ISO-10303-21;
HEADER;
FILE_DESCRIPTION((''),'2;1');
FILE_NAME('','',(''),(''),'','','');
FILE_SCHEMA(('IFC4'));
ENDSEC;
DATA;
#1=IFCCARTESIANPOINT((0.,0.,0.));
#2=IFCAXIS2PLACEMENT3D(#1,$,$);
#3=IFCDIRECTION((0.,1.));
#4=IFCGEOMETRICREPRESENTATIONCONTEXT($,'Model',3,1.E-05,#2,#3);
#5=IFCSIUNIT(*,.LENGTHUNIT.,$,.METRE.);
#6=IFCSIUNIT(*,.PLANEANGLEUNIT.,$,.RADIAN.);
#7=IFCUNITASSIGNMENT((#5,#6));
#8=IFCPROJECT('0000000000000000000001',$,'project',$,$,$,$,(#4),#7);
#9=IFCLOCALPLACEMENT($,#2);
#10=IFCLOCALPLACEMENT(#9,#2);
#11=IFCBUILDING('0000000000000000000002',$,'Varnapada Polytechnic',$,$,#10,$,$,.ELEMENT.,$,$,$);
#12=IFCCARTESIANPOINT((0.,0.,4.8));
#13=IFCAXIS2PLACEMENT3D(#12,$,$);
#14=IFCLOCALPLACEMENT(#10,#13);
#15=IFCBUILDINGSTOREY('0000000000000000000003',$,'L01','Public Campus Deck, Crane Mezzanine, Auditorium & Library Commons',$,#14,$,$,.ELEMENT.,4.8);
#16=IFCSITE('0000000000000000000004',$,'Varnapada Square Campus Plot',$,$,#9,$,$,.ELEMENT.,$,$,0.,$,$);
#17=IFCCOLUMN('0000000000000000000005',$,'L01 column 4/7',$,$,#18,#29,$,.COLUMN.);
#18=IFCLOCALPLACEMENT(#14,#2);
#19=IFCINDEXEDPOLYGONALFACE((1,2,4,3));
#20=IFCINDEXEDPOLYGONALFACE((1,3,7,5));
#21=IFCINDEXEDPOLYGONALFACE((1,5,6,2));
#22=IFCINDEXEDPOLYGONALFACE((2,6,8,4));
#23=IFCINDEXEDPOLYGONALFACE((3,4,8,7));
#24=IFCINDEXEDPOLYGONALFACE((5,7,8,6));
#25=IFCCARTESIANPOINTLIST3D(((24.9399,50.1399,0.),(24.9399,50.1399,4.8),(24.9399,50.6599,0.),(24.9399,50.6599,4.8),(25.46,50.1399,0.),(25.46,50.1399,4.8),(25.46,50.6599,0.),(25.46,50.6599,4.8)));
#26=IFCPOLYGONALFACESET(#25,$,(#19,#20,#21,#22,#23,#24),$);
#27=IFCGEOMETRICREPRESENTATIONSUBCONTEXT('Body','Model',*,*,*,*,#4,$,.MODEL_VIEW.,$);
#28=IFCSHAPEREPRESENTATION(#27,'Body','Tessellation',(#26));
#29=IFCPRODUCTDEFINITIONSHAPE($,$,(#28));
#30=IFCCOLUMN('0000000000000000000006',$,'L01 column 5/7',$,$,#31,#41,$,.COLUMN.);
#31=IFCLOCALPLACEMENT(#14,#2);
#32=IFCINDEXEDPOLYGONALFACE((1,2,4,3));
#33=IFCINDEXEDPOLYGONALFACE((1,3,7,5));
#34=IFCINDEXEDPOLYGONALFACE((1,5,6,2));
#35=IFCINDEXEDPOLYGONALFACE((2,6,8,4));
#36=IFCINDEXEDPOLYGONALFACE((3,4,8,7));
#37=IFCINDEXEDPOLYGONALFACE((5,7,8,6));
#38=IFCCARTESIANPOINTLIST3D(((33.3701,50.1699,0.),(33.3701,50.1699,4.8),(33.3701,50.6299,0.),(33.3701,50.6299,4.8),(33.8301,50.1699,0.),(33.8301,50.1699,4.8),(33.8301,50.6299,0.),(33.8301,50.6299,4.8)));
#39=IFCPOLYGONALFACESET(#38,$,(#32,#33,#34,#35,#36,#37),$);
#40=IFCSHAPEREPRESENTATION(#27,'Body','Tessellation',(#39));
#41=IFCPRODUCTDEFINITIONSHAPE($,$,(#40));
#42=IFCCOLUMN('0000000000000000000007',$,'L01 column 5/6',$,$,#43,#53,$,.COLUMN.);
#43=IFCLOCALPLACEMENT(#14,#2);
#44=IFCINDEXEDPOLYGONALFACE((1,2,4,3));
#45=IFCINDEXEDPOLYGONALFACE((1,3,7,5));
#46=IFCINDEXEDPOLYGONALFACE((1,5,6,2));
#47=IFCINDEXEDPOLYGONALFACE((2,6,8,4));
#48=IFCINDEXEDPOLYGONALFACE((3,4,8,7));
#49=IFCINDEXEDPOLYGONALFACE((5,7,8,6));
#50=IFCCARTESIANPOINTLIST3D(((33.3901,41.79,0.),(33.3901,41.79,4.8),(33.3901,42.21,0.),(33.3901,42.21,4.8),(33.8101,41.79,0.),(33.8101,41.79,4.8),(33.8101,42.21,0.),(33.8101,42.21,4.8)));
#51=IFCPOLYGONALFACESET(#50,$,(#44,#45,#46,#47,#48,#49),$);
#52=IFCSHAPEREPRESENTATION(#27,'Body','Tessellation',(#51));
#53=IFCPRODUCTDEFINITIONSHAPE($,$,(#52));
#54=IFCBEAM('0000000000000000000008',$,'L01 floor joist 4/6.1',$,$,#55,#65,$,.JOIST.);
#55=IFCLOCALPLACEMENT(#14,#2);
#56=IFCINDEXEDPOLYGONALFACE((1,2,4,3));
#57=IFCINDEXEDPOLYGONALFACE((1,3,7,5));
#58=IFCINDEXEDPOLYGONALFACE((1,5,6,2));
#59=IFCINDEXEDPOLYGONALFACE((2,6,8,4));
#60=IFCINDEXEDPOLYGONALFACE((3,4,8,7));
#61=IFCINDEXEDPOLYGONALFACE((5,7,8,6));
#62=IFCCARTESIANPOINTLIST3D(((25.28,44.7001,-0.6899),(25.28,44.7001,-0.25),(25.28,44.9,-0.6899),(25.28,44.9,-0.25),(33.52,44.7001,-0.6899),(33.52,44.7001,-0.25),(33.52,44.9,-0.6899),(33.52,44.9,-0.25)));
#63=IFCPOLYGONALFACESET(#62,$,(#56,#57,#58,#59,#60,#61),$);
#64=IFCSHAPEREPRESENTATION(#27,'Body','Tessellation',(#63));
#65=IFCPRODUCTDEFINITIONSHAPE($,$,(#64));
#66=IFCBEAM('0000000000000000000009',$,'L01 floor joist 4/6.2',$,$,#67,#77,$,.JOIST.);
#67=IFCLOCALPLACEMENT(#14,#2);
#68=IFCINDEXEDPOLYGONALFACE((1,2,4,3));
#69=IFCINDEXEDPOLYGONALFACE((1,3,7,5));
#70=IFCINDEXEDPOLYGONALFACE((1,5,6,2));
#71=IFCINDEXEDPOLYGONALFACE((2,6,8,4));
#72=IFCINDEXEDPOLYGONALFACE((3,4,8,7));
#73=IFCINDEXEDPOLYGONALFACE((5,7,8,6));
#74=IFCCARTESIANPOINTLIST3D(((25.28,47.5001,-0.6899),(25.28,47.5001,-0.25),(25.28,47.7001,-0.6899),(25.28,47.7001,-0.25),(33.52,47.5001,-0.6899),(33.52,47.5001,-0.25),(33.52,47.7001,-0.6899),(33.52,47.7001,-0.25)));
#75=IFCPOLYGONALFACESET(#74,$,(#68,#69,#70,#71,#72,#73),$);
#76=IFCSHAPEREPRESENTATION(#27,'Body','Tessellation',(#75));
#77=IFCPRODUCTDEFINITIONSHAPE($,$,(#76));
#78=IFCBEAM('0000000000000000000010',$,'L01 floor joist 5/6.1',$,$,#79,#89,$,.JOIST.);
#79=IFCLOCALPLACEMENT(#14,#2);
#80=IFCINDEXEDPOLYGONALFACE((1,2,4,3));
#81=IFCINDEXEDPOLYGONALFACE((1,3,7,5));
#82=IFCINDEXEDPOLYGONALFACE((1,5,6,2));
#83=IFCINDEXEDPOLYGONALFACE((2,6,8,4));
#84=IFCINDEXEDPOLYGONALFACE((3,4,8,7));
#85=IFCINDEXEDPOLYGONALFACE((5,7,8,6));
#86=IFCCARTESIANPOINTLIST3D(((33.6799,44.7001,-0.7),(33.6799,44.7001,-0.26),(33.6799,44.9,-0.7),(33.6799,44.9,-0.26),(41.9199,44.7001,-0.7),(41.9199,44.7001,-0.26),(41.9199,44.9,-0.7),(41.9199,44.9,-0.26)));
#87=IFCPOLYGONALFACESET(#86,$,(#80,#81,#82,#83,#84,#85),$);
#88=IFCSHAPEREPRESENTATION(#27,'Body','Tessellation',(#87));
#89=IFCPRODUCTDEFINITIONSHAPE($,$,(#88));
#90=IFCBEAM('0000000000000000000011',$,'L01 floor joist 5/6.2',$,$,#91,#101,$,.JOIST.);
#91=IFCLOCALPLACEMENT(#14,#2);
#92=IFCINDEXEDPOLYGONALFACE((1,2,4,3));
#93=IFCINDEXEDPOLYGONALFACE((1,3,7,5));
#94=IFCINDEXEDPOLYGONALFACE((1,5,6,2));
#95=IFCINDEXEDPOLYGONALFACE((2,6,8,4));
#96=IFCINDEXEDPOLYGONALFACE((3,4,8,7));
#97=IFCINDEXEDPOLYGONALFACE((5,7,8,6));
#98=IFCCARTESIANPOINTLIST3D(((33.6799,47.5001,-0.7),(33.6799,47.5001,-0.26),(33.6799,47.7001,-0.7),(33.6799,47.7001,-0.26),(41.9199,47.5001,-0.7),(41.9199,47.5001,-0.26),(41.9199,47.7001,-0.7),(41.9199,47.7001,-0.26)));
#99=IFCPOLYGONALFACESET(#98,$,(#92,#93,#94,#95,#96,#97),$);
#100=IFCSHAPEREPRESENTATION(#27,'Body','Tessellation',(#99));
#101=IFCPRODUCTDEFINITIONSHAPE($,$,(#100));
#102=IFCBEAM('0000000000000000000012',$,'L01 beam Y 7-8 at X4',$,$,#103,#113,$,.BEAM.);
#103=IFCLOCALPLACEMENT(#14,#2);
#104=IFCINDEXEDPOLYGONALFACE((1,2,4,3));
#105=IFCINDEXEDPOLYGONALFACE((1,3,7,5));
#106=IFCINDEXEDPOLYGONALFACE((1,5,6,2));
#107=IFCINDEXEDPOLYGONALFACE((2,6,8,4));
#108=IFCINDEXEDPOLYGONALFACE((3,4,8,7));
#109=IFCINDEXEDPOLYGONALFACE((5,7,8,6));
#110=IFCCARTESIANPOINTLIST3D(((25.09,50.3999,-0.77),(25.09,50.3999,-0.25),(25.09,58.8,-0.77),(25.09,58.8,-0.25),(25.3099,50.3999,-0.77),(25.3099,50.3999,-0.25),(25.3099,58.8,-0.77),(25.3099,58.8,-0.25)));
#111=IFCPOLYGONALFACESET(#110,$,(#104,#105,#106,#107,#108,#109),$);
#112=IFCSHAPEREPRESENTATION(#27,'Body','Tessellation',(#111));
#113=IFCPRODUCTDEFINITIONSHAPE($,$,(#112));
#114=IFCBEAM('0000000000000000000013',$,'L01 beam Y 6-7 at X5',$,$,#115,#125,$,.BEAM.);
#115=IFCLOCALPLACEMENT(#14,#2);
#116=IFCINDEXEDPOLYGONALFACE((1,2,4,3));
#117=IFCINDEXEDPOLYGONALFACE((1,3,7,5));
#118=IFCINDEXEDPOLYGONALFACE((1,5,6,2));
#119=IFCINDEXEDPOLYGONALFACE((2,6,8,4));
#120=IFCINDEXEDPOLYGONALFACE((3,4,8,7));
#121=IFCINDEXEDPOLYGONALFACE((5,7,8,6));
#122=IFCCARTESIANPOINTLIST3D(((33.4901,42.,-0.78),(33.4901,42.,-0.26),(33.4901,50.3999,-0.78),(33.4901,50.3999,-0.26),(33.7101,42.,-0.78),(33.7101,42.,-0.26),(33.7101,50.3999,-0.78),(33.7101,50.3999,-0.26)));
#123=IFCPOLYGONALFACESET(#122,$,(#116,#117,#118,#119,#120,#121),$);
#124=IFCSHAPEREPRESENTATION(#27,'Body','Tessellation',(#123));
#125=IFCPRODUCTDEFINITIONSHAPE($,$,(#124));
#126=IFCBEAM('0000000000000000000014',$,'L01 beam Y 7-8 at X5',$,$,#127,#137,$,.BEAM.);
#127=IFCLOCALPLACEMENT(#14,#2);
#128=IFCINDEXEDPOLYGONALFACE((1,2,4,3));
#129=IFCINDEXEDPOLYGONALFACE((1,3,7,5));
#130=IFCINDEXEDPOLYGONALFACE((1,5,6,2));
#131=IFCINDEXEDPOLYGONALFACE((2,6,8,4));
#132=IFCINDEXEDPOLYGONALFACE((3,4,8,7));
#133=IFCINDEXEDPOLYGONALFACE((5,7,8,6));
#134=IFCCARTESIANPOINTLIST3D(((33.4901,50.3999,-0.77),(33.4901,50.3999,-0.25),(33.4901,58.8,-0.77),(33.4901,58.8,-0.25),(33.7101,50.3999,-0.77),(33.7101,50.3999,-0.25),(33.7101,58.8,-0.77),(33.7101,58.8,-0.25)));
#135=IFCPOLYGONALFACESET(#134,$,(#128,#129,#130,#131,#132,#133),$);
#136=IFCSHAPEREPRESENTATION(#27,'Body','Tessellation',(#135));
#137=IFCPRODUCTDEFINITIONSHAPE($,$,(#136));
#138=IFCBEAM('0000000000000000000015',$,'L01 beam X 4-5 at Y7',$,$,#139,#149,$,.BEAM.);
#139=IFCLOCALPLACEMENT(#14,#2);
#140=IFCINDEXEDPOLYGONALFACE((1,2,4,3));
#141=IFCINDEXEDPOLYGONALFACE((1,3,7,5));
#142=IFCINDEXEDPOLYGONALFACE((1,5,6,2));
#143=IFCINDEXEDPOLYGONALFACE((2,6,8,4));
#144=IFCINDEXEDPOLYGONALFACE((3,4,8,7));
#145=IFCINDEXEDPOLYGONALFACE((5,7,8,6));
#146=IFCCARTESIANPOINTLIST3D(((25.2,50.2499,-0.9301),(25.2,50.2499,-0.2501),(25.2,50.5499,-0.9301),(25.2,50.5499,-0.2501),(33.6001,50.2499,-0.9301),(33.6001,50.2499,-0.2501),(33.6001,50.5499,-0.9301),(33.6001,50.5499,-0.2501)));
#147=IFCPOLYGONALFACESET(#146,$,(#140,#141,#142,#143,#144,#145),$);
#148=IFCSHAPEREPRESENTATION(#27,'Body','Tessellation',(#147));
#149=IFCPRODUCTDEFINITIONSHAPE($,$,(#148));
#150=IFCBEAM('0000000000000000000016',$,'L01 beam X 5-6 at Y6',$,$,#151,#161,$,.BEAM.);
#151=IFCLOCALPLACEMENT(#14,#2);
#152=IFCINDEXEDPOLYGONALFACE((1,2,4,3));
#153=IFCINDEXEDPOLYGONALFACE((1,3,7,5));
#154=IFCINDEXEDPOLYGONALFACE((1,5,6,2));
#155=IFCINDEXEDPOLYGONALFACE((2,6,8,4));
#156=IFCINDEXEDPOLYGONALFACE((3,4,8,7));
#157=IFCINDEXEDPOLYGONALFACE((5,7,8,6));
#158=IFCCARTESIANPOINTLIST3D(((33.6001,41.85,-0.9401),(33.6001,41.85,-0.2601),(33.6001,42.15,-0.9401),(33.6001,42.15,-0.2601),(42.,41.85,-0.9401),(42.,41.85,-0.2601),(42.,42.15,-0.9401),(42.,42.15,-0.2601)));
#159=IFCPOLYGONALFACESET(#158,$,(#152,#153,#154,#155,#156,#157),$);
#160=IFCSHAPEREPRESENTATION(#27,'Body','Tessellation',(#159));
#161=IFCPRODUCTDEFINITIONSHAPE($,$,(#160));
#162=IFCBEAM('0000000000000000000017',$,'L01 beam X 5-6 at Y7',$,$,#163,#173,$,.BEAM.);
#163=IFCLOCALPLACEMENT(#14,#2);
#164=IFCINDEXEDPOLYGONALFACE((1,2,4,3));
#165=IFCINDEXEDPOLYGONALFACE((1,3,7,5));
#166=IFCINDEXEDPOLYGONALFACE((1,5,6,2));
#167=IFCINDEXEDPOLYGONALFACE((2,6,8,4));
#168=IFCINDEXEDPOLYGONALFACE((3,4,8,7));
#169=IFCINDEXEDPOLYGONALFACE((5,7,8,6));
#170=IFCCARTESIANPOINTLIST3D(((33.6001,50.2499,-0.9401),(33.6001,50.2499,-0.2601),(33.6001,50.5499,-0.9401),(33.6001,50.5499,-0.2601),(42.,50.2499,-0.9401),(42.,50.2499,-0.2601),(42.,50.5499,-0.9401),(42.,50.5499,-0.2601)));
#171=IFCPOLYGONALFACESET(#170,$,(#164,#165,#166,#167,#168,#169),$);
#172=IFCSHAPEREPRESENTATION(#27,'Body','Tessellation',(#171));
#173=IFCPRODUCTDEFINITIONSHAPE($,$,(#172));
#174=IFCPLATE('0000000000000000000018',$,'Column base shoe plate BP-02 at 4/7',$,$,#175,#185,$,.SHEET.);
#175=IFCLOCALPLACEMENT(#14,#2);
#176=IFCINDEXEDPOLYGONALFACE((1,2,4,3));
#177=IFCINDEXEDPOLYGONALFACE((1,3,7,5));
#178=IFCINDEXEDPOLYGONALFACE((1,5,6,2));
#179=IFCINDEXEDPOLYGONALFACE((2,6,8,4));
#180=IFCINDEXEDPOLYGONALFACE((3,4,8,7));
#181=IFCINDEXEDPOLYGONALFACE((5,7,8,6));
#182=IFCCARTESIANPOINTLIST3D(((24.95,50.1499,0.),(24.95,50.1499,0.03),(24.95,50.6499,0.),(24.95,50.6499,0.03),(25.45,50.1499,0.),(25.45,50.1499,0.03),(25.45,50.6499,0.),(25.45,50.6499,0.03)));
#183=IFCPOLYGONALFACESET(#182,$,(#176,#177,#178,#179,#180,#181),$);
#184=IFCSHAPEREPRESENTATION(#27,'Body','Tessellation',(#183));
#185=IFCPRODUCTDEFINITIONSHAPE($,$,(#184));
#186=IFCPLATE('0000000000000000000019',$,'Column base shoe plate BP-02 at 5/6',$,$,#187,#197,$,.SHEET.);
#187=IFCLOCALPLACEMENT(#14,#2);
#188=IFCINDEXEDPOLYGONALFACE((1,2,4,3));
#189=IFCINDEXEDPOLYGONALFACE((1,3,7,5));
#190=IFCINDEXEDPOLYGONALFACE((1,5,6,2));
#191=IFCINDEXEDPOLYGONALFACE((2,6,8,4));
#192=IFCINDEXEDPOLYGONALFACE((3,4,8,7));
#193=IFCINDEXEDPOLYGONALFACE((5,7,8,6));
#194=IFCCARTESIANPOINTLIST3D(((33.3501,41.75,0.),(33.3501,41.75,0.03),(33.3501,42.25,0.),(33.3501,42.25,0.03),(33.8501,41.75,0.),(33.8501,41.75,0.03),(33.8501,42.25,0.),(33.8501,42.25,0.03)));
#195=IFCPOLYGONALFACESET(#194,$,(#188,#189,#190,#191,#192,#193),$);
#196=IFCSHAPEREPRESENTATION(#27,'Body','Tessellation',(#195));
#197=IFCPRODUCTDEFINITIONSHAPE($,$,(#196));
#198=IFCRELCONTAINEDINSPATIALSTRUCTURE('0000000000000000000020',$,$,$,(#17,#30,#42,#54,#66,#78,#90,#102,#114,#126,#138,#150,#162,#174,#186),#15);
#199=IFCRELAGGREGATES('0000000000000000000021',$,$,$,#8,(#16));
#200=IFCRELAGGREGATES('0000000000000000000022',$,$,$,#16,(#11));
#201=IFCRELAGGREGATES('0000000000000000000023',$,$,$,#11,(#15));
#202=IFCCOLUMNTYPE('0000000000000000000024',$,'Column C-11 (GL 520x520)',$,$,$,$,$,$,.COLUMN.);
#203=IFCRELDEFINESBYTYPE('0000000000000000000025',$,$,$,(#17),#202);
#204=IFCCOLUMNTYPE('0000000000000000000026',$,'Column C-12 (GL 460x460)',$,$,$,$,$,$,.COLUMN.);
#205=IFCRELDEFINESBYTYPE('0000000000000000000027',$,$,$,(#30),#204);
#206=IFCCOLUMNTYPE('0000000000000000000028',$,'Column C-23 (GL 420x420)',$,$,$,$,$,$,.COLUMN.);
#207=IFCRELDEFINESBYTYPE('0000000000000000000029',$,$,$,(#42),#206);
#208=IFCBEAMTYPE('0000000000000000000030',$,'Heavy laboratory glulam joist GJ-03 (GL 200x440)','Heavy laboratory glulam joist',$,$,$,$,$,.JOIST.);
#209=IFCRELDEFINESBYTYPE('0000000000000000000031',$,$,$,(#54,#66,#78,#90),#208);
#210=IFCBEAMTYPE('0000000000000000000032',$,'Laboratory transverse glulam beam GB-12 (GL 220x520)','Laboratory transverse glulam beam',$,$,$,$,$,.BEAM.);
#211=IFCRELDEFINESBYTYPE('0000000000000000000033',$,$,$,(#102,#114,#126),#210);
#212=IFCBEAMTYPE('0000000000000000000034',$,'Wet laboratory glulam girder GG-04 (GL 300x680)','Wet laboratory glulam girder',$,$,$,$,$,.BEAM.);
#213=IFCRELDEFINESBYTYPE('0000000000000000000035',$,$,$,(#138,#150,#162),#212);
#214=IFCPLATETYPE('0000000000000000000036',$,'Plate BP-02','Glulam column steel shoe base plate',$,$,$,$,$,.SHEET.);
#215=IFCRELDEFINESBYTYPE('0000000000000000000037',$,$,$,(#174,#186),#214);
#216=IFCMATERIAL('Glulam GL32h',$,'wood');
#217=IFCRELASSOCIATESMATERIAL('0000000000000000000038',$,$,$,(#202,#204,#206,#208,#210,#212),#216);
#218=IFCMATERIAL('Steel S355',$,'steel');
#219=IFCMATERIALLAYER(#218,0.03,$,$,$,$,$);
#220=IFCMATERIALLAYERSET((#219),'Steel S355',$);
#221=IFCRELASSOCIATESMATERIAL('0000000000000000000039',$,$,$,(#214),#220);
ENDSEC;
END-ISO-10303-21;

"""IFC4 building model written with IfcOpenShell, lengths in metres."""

from ifc_helpers import new_model, si_unit, direction, frame, origin, origin_2d, place, context, subcontext, project, spatial, rectangle, extrude, material, layer, layer_set, material_profile, profile_set, type_object, element, save


model = new_model("IFC4")

# Units and contexts
model_context = context("Model", 3, precision=1e-05, world=origin(), true_north=direction((0.0, 1.0)))
body_context = subcontext(model_context, "Body", "Model", "MODEL_VIEW")
ifc_project = project(units=[si_unit("LENGTHUNIT", "METRE"), si_unit("PLANEANGLEUNIT", "RADIAN")], contexts=[model_context])

# Site, building, storey
site_placement = place(None, origin())
site = spatial("IfcSite", under=ifc_project, at=site_placement, Name="Varnapada Square Campus Plot", CompositionType="ELEMENT", RefElevation=0.0)
building_placement = place(site_placement, origin())
building = spatial("IfcBuilding", under=site, at=building_placement, Name="Varnapada Polytechnic", CompositionType="ELEMENT")
storey_placement = place(building_placement, frame((0.0, 0.0, 4.8)))
storey = spatial("IfcBuildingStorey", under=building, at=storey_placement, Name="L01", Description="Public Campus Deck, Crane Mezzanine, Auditorium & Library Commons", CompositionType="ELEMENT", Elevation=4.8)

# Columns
ifc_material_1 = material(Name="Glulam GL32h", Category="wood")
ifc_material_profile_1 = material_profile(ifc_material_1, rectangle(XDim=0.52, YDim=0.52, at=origin_2d()), Name="GL 520x520")
ifc_profile_set_1 = profile_set([ifc_material_profile_1], Name="Glulam GL32h")
column_type_1 = type_object("IfcColumnType", Name="Column C-11 (GL 520x520)", PredefinedType="COLUMN", material=ifc_profile_set_1)
column_1_placement = place(storey_placement, frame((25.2, 50.3999, 0.0), z_axis=(0.0, 0.0, 1.0), x_axis=(1.0, 0.0, 0.0)))
element("IfcColumn", 1, at=column_1_placement, inside=storey, type_object=column_type_1, Name="L01 column 4/7", PredefinedType="COLUMN", context=body_context, shape_type="SweptSolid", body=[
    extrude(rectangle(XDim=0.52, YDim=0.52, at=origin_2d()), origin(), (0.0, 0.0, 1.0), 4.8),
])
ifc_material_profile_2 = material_profile(ifc_material_1, rectangle(XDim=0.46, YDim=0.46, at=origin_2d()), Name="GL 460x460")
ifc_profile_set_2 = profile_set([ifc_material_profile_2], Name="Glulam GL32h")
column_type_2 = type_object("IfcColumnType", Name="Column C-12 (GL 460x460)", PredefinedType="COLUMN", material=ifc_profile_set_2)
column_2_placement = place(storey_placement, frame((33.6001, 50.3999, 0.0), z_axis=(0.0, 0.0, 1.0), x_axis=(1.0, 0.0, 0.0)))
element("IfcColumn", 2, at=column_2_placement, inside=storey, type_object=column_type_2, Name="L01 column 5/7", PredefinedType="COLUMN", context=body_context, shape_type="SweptSolid", body=[
    extrude(rectangle(XDim=0.46, YDim=0.46, at=origin_2d()), origin(), (0.0, 0.0, 1.0), 4.8),
])
ifc_material_profile_3 = material_profile(ifc_material_1, rectangle(XDim=0.4199, YDim=0.4199, at=origin_2d()), Name="GL 420x420")
ifc_profile_set_3 = profile_set([ifc_material_profile_3], Name="Glulam GL32h")
column_type_3 = type_object("IfcColumnType", Name="Column C-23 (GL 420x420)", PredefinedType="COLUMN", material=ifc_profile_set_3)
column_3_placement = place(storey_placement, frame((33.6001, 42.0, 0.0), z_axis=(0.0, 0.0, 1.0), x_axis=(1.0, 0.0, 0.0)))
element("IfcColumn", 3, at=column_3_placement, inside=storey, type_object=column_type_3, Name="L01 column 5/6", PredefinedType="COLUMN", context=body_context, shape_type="SweptSolid", body=[
    extrude(rectangle(XDim=0.4199, YDim=0.4199, at=origin_2d()), origin(), (0.0, 0.0, 1.0), 4.8),
])

# Beams
ifc_material_profile_4 = material_profile(ifc_material_1, rectangle(XDim=0.2, YDim=0.4399, at=origin_2d()), Name="GL 200x440")
ifc_profile_set_4 = profile_set([ifc_material_profile_4], Name="Glulam GL32h")
beam_type_1 = type_object("IfcBeamType", Name="Heavy laboratory glulam joist GJ-03 (GL 200x440)", Description="Heavy laboratory glulam joist", PredefinedType="JOIST", material=ifc_profile_set_4)
for number, where, z_axis, x_axis, name in (
    (4, (25.28, 44.8, -0.47), (1.0, 0.0, 0.0), (0.0, 1.0, 0.0), "L01 floor joist 4/6.1"),
    (5, (25.28, 47.6001, -0.47), (1.0, 0.0, 0.0), (0.0, 1.0, 0.0), "L01 floor joist 4/6.2"),
    (6, (33.6799, 44.8, -0.48), (1.0, 0.0, 0.0), (0.0, 1.0, 0.0), "L01 floor joist 5/6.1"),
    (7, (33.6799, 47.6001, -0.48), (1.0, 0.0, 0.0), (0.0, 1.0, 0.0), "L01 floor joist 5/6.2"),
):
    element("IfcBeam", number, at=place(storey_placement, frame(where, z_axis=z_axis, x_axis=x_axis)), inside=storey, type_object=beam_type_1, Name=name, PredefinedType="JOIST", context=body_context, shape_type="SweptSolid", body=[
        extrude(rectangle(XDim=0.2, YDim=0.4399, at=origin_2d()), origin(), (0.0, 0.0, 1.0), 8.24),
    ])
ifc_material_profile_5 = material_profile(ifc_material_1, rectangle(XDim=0.22, YDim=0.52, at=origin_2d()), Name="GL 220x520")
ifc_profile_set_5 = profile_set([ifc_material_profile_5], Name="Glulam GL32h")
beam_type_2 = type_object("IfcBeamType", Name="Laboratory transverse glulam beam GB-12 (GL 220x520)", Description="Laboratory transverse glulam beam", PredefinedType="BEAM", material=ifc_profile_set_5)
beam_1_placement = place(storey_placement, frame((25.2, 50.3999, -0.51), z_axis=(0.0, 1.0, 0.0), x_axis=(-1.0, 0.0, 0.0)))
element("IfcBeam", 8, at=beam_1_placement, inside=storey, type_object=beam_type_2, Name="L01 beam Y 7-8 at X4", PredefinedType="BEAM", context=body_context, shape_type="SweptSolid", body=[
    extrude(rectangle(XDim=0.22, YDim=0.52, at=origin_2d()), origin(), (0.0, 0.0, 1.0), 8.4001),
])
beam_2_placement = place(storey_placement, frame((33.6001, 42.0, -0.52), z_axis=(0.0, 1.0, 0.0), x_axis=(-1.0, 0.0, 0.0)))
element("IfcBeam", 9, at=beam_2_placement, inside=storey, type_object=beam_type_2, Name="L01 beam Y 6-7 at X5", PredefinedType="BEAM", context=body_context, shape_type="SweptSolid", body=[
    extrude(rectangle(XDim=0.22, YDim=0.52, at=origin_2d()), origin(), (0.0, 0.0, 1.0), 8.3999),
])
beam_3_placement = place(storey_placement, frame((33.6001, 50.3999, -0.51), z_axis=(0.0, 1.0, 0.0), x_axis=(-1.0, 0.0, 0.0)))
element("IfcBeam", 10, at=beam_3_placement, inside=storey, type_object=beam_type_2, Name="L01 beam Y 7-8 at X5", PredefinedType="BEAM", context=body_context, shape_type="SweptSolid", body=[
    extrude(rectangle(XDim=0.22, YDim=0.52, at=origin_2d()), origin(), (0.0, 0.0, 1.0), 8.4001),
])
ifc_material_profile_6 = material_profile(ifc_material_1, rectangle(XDim=0.3, YDim=0.6799, at=origin_2d()), Name="GL 300x680")
ifc_profile_set_6 = profile_set([ifc_material_profile_6], Name="Glulam GL32h")
beam_type_3 = type_object("IfcBeamType", Name="Wet laboratory glulam girder GG-04 (GL 300x680)", Description="Wet laboratory glulam girder", PredefinedType="BEAM", material=ifc_profile_set_6)
beam_4_placement = place(storey_placement, frame((25.2, 50.3999, -0.5901), z_axis=(1.0, 0.0, 0.0), x_axis=(0.0, 1.0, 0.0)))
element("IfcBeam", 11, at=beam_4_placement, inside=storey, type_object=beam_type_3, Name="L01 beam X 4-5 at Y7", PredefinedType="BEAM", context=body_context, shape_type="SweptSolid", body=[
    extrude(rectangle(XDim=0.3, YDim=0.6799, at=origin_2d()), origin(), (0.0, 0.0, 1.0), 8.4001),
])
for number, where, z_axis, x_axis, name in (
    (12, (33.6001, 42.0, -0.6001), (1.0, 0.0, 0.0), (0.0, 1.0, 0.0), "L01 beam X 5-6 at Y6"),
    (13, (33.6001, 50.3999, -0.6001), (1.0, 0.0, 0.0), (0.0, 1.0, 0.0), "L01 beam X 5-6 at Y7"),
):
    element("IfcBeam", number, at=place(storey_placement, frame(where, z_axis=z_axis, x_axis=x_axis)), inside=storey, type_object=beam_type_3, Name=name, PredefinedType="BEAM", context=body_context, shape_type="SweptSolid", body=[
        extrude(rectangle(XDim=0.3, YDim=0.6799, at=origin_2d()), origin(), (0.0, 0.0, 1.0), 8.3999),
    ])

# Plates
ifc_material_2 = material(Name="Steel S355", Category="steel")
ifc_layer_1 = layer(ifc_material_2, 0.03)
ifc_layer_set_1 = layer_set([ifc_layer_1], Name="Steel S355")
plate_type = type_object("IfcPlateType", Name="Plate BP-02", Description="Glulam column steel shoe base plate", PredefinedType="SHEET", material=ifc_layer_set_1)
for number, where, z_axis, x_axis, name in (
    (14, (25.2, 50.3999, 0.0), (0.0, 0.0, 1.0), (1.0, 0.0, 0.0), "Column base shoe plate BP-02 at 4/7"),
    (15, (33.6001, 42.0, 0.0), (0.0, 0.0, 1.0), (1.0, 0.0, 0.0), "Column base shoe plate BP-02 at 5/6"),
):
    element("IfcPlate", number, at=place(storey_placement, frame(where, z_axis=z_axis, x_axis=x_axis)), inside=storey, type_object=plate_type, Name=name, PredefinedType="SHEET", context=body_context, shape_type="SweptSolid", body=[
        extrude(rectangle(XDim=0.5, YDim=0.5, at=origin_2d()), origin(), (0.0, 0.0, 1.0), 0.03),
    ])

save(model, "model.ifc")
